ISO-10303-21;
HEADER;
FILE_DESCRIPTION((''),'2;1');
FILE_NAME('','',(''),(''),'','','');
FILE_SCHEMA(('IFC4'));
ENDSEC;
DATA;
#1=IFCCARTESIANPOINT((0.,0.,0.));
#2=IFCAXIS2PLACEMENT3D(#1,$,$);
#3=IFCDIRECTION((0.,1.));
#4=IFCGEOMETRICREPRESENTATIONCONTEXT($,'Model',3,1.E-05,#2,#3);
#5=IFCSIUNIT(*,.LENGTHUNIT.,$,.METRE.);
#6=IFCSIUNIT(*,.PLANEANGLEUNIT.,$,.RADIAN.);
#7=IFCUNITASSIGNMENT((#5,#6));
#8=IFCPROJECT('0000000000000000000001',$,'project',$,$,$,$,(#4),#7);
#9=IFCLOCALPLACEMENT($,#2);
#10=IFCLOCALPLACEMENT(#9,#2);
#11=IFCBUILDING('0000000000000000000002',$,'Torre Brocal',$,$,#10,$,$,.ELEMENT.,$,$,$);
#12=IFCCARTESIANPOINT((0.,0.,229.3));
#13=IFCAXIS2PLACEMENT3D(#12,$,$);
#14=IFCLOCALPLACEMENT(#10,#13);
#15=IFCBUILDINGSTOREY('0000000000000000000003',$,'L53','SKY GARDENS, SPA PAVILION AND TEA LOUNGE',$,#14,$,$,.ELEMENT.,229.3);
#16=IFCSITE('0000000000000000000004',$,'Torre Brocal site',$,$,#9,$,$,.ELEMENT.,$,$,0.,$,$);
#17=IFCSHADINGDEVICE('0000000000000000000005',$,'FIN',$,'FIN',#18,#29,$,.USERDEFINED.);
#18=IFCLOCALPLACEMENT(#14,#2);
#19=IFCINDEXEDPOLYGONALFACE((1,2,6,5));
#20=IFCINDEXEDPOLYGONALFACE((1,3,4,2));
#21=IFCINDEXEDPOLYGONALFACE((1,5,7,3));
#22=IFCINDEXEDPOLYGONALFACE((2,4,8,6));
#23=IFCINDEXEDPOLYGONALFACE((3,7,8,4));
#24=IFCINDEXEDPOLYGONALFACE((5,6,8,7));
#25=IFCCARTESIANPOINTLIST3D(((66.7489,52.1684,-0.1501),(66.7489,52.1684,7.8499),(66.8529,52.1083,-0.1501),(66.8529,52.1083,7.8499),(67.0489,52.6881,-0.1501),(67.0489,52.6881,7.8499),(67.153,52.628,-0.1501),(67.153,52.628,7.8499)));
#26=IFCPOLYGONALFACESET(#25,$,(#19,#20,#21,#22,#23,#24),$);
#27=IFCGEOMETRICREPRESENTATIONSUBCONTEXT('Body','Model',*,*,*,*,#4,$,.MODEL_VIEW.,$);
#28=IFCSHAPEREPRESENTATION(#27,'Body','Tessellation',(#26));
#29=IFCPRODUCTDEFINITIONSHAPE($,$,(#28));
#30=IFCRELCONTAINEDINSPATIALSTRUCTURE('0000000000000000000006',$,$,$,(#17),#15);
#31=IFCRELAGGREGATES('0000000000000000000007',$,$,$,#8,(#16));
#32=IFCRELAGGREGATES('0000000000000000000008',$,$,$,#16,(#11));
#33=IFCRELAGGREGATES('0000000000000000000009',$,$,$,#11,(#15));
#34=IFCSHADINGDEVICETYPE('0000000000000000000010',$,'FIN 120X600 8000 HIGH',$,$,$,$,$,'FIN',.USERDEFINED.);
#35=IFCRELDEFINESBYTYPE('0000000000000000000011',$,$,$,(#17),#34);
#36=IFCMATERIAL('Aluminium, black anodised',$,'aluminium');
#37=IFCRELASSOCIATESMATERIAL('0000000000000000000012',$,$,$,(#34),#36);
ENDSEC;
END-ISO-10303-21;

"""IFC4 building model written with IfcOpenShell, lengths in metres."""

from ifc_helpers import new_model, si_unit, direction, frame, origin, origin_2d, place, context, subcontext, project, spatial, rectangle, extrude, material, material_profile, profile_set, type_object, element, save


model = new_model("IFC4")

# Units and contexts
model_context = context("Model", 3, precision=1e-05, world=origin(), true_north=direction((0.0, 1.0)))
body_context = subcontext(model_context, "Body", "Model", "MODEL_VIEW")
ifc_project = project(units=[si_unit("LENGTHUNIT", "METRE"), si_unit("PLANEANGLEUNIT", "RADIAN")], contexts=[model_context])

# Site, building, storey
site_placement = place(None, origin())
site = spatial("IfcSite", under=ifc_project, at=site_placement, Name="Torre Brocal site", CompositionType="ELEMENT", RefElevation=0.0)
building_placement = place(site_placement, origin())
building = spatial("IfcBuilding", under=site, at=building_placement, Name="Torre Brocal", CompositionType="ELEMENT")
storey_placement = place(building_placement, frame((0.0, 0.0, 229.3)))
storey = spatial("IfcBuildingStorey", under=building, at=storey_placement, Name="L53", Description="SKY GARDENS, SPA PAVILION AND TEA LOUNGE", CompositionType="ELEMENT", Elevation=229.3)

# Shading device
ifc_material_1 = material(Name="Aluminium, black anodised", Category="aluminium")
ifc_material_profile_1 = material_profile(ifc_material_1, rectangle(XDim=0.1201, YDim=0.6001, at=origin_2d()), Name="FIN 120X600 8000 HIGH")
ifc_profile_set_1 = profile_set([ifc_material_profile_1], Name="Aluminium, black anodised")
shading_device_type = type_object("IfcShadingDeviceType", Name="FIN 120X600 8000 HIGH", ElementType="FIN", PredefinedType="USERDEFINED", material=ifc_profile_set_1)
shading_device_placement = place(storey_placement, frame((66.9509, 52.3982, -0.1501), z_axis=(0.0, 0.0, 1.0), x_axis=(0.866025, -0.5, 0.0)))
element("IfcShadingDevice", 1, at=shading_device_placement, inside=storey, type_object=shading_device_type, Name="FIN", ObjectType="FIN", PredefinedType="USERDEFINED", context=body_context, shape_type="SweptSolid", body=[
    extrude(rectangle(XDim=0.1201, YDim=0.6001, at=origin_2d()), origin(), (0.0, 0.0, 1.0), 8.0),
])

save(model, "model.ifc")
